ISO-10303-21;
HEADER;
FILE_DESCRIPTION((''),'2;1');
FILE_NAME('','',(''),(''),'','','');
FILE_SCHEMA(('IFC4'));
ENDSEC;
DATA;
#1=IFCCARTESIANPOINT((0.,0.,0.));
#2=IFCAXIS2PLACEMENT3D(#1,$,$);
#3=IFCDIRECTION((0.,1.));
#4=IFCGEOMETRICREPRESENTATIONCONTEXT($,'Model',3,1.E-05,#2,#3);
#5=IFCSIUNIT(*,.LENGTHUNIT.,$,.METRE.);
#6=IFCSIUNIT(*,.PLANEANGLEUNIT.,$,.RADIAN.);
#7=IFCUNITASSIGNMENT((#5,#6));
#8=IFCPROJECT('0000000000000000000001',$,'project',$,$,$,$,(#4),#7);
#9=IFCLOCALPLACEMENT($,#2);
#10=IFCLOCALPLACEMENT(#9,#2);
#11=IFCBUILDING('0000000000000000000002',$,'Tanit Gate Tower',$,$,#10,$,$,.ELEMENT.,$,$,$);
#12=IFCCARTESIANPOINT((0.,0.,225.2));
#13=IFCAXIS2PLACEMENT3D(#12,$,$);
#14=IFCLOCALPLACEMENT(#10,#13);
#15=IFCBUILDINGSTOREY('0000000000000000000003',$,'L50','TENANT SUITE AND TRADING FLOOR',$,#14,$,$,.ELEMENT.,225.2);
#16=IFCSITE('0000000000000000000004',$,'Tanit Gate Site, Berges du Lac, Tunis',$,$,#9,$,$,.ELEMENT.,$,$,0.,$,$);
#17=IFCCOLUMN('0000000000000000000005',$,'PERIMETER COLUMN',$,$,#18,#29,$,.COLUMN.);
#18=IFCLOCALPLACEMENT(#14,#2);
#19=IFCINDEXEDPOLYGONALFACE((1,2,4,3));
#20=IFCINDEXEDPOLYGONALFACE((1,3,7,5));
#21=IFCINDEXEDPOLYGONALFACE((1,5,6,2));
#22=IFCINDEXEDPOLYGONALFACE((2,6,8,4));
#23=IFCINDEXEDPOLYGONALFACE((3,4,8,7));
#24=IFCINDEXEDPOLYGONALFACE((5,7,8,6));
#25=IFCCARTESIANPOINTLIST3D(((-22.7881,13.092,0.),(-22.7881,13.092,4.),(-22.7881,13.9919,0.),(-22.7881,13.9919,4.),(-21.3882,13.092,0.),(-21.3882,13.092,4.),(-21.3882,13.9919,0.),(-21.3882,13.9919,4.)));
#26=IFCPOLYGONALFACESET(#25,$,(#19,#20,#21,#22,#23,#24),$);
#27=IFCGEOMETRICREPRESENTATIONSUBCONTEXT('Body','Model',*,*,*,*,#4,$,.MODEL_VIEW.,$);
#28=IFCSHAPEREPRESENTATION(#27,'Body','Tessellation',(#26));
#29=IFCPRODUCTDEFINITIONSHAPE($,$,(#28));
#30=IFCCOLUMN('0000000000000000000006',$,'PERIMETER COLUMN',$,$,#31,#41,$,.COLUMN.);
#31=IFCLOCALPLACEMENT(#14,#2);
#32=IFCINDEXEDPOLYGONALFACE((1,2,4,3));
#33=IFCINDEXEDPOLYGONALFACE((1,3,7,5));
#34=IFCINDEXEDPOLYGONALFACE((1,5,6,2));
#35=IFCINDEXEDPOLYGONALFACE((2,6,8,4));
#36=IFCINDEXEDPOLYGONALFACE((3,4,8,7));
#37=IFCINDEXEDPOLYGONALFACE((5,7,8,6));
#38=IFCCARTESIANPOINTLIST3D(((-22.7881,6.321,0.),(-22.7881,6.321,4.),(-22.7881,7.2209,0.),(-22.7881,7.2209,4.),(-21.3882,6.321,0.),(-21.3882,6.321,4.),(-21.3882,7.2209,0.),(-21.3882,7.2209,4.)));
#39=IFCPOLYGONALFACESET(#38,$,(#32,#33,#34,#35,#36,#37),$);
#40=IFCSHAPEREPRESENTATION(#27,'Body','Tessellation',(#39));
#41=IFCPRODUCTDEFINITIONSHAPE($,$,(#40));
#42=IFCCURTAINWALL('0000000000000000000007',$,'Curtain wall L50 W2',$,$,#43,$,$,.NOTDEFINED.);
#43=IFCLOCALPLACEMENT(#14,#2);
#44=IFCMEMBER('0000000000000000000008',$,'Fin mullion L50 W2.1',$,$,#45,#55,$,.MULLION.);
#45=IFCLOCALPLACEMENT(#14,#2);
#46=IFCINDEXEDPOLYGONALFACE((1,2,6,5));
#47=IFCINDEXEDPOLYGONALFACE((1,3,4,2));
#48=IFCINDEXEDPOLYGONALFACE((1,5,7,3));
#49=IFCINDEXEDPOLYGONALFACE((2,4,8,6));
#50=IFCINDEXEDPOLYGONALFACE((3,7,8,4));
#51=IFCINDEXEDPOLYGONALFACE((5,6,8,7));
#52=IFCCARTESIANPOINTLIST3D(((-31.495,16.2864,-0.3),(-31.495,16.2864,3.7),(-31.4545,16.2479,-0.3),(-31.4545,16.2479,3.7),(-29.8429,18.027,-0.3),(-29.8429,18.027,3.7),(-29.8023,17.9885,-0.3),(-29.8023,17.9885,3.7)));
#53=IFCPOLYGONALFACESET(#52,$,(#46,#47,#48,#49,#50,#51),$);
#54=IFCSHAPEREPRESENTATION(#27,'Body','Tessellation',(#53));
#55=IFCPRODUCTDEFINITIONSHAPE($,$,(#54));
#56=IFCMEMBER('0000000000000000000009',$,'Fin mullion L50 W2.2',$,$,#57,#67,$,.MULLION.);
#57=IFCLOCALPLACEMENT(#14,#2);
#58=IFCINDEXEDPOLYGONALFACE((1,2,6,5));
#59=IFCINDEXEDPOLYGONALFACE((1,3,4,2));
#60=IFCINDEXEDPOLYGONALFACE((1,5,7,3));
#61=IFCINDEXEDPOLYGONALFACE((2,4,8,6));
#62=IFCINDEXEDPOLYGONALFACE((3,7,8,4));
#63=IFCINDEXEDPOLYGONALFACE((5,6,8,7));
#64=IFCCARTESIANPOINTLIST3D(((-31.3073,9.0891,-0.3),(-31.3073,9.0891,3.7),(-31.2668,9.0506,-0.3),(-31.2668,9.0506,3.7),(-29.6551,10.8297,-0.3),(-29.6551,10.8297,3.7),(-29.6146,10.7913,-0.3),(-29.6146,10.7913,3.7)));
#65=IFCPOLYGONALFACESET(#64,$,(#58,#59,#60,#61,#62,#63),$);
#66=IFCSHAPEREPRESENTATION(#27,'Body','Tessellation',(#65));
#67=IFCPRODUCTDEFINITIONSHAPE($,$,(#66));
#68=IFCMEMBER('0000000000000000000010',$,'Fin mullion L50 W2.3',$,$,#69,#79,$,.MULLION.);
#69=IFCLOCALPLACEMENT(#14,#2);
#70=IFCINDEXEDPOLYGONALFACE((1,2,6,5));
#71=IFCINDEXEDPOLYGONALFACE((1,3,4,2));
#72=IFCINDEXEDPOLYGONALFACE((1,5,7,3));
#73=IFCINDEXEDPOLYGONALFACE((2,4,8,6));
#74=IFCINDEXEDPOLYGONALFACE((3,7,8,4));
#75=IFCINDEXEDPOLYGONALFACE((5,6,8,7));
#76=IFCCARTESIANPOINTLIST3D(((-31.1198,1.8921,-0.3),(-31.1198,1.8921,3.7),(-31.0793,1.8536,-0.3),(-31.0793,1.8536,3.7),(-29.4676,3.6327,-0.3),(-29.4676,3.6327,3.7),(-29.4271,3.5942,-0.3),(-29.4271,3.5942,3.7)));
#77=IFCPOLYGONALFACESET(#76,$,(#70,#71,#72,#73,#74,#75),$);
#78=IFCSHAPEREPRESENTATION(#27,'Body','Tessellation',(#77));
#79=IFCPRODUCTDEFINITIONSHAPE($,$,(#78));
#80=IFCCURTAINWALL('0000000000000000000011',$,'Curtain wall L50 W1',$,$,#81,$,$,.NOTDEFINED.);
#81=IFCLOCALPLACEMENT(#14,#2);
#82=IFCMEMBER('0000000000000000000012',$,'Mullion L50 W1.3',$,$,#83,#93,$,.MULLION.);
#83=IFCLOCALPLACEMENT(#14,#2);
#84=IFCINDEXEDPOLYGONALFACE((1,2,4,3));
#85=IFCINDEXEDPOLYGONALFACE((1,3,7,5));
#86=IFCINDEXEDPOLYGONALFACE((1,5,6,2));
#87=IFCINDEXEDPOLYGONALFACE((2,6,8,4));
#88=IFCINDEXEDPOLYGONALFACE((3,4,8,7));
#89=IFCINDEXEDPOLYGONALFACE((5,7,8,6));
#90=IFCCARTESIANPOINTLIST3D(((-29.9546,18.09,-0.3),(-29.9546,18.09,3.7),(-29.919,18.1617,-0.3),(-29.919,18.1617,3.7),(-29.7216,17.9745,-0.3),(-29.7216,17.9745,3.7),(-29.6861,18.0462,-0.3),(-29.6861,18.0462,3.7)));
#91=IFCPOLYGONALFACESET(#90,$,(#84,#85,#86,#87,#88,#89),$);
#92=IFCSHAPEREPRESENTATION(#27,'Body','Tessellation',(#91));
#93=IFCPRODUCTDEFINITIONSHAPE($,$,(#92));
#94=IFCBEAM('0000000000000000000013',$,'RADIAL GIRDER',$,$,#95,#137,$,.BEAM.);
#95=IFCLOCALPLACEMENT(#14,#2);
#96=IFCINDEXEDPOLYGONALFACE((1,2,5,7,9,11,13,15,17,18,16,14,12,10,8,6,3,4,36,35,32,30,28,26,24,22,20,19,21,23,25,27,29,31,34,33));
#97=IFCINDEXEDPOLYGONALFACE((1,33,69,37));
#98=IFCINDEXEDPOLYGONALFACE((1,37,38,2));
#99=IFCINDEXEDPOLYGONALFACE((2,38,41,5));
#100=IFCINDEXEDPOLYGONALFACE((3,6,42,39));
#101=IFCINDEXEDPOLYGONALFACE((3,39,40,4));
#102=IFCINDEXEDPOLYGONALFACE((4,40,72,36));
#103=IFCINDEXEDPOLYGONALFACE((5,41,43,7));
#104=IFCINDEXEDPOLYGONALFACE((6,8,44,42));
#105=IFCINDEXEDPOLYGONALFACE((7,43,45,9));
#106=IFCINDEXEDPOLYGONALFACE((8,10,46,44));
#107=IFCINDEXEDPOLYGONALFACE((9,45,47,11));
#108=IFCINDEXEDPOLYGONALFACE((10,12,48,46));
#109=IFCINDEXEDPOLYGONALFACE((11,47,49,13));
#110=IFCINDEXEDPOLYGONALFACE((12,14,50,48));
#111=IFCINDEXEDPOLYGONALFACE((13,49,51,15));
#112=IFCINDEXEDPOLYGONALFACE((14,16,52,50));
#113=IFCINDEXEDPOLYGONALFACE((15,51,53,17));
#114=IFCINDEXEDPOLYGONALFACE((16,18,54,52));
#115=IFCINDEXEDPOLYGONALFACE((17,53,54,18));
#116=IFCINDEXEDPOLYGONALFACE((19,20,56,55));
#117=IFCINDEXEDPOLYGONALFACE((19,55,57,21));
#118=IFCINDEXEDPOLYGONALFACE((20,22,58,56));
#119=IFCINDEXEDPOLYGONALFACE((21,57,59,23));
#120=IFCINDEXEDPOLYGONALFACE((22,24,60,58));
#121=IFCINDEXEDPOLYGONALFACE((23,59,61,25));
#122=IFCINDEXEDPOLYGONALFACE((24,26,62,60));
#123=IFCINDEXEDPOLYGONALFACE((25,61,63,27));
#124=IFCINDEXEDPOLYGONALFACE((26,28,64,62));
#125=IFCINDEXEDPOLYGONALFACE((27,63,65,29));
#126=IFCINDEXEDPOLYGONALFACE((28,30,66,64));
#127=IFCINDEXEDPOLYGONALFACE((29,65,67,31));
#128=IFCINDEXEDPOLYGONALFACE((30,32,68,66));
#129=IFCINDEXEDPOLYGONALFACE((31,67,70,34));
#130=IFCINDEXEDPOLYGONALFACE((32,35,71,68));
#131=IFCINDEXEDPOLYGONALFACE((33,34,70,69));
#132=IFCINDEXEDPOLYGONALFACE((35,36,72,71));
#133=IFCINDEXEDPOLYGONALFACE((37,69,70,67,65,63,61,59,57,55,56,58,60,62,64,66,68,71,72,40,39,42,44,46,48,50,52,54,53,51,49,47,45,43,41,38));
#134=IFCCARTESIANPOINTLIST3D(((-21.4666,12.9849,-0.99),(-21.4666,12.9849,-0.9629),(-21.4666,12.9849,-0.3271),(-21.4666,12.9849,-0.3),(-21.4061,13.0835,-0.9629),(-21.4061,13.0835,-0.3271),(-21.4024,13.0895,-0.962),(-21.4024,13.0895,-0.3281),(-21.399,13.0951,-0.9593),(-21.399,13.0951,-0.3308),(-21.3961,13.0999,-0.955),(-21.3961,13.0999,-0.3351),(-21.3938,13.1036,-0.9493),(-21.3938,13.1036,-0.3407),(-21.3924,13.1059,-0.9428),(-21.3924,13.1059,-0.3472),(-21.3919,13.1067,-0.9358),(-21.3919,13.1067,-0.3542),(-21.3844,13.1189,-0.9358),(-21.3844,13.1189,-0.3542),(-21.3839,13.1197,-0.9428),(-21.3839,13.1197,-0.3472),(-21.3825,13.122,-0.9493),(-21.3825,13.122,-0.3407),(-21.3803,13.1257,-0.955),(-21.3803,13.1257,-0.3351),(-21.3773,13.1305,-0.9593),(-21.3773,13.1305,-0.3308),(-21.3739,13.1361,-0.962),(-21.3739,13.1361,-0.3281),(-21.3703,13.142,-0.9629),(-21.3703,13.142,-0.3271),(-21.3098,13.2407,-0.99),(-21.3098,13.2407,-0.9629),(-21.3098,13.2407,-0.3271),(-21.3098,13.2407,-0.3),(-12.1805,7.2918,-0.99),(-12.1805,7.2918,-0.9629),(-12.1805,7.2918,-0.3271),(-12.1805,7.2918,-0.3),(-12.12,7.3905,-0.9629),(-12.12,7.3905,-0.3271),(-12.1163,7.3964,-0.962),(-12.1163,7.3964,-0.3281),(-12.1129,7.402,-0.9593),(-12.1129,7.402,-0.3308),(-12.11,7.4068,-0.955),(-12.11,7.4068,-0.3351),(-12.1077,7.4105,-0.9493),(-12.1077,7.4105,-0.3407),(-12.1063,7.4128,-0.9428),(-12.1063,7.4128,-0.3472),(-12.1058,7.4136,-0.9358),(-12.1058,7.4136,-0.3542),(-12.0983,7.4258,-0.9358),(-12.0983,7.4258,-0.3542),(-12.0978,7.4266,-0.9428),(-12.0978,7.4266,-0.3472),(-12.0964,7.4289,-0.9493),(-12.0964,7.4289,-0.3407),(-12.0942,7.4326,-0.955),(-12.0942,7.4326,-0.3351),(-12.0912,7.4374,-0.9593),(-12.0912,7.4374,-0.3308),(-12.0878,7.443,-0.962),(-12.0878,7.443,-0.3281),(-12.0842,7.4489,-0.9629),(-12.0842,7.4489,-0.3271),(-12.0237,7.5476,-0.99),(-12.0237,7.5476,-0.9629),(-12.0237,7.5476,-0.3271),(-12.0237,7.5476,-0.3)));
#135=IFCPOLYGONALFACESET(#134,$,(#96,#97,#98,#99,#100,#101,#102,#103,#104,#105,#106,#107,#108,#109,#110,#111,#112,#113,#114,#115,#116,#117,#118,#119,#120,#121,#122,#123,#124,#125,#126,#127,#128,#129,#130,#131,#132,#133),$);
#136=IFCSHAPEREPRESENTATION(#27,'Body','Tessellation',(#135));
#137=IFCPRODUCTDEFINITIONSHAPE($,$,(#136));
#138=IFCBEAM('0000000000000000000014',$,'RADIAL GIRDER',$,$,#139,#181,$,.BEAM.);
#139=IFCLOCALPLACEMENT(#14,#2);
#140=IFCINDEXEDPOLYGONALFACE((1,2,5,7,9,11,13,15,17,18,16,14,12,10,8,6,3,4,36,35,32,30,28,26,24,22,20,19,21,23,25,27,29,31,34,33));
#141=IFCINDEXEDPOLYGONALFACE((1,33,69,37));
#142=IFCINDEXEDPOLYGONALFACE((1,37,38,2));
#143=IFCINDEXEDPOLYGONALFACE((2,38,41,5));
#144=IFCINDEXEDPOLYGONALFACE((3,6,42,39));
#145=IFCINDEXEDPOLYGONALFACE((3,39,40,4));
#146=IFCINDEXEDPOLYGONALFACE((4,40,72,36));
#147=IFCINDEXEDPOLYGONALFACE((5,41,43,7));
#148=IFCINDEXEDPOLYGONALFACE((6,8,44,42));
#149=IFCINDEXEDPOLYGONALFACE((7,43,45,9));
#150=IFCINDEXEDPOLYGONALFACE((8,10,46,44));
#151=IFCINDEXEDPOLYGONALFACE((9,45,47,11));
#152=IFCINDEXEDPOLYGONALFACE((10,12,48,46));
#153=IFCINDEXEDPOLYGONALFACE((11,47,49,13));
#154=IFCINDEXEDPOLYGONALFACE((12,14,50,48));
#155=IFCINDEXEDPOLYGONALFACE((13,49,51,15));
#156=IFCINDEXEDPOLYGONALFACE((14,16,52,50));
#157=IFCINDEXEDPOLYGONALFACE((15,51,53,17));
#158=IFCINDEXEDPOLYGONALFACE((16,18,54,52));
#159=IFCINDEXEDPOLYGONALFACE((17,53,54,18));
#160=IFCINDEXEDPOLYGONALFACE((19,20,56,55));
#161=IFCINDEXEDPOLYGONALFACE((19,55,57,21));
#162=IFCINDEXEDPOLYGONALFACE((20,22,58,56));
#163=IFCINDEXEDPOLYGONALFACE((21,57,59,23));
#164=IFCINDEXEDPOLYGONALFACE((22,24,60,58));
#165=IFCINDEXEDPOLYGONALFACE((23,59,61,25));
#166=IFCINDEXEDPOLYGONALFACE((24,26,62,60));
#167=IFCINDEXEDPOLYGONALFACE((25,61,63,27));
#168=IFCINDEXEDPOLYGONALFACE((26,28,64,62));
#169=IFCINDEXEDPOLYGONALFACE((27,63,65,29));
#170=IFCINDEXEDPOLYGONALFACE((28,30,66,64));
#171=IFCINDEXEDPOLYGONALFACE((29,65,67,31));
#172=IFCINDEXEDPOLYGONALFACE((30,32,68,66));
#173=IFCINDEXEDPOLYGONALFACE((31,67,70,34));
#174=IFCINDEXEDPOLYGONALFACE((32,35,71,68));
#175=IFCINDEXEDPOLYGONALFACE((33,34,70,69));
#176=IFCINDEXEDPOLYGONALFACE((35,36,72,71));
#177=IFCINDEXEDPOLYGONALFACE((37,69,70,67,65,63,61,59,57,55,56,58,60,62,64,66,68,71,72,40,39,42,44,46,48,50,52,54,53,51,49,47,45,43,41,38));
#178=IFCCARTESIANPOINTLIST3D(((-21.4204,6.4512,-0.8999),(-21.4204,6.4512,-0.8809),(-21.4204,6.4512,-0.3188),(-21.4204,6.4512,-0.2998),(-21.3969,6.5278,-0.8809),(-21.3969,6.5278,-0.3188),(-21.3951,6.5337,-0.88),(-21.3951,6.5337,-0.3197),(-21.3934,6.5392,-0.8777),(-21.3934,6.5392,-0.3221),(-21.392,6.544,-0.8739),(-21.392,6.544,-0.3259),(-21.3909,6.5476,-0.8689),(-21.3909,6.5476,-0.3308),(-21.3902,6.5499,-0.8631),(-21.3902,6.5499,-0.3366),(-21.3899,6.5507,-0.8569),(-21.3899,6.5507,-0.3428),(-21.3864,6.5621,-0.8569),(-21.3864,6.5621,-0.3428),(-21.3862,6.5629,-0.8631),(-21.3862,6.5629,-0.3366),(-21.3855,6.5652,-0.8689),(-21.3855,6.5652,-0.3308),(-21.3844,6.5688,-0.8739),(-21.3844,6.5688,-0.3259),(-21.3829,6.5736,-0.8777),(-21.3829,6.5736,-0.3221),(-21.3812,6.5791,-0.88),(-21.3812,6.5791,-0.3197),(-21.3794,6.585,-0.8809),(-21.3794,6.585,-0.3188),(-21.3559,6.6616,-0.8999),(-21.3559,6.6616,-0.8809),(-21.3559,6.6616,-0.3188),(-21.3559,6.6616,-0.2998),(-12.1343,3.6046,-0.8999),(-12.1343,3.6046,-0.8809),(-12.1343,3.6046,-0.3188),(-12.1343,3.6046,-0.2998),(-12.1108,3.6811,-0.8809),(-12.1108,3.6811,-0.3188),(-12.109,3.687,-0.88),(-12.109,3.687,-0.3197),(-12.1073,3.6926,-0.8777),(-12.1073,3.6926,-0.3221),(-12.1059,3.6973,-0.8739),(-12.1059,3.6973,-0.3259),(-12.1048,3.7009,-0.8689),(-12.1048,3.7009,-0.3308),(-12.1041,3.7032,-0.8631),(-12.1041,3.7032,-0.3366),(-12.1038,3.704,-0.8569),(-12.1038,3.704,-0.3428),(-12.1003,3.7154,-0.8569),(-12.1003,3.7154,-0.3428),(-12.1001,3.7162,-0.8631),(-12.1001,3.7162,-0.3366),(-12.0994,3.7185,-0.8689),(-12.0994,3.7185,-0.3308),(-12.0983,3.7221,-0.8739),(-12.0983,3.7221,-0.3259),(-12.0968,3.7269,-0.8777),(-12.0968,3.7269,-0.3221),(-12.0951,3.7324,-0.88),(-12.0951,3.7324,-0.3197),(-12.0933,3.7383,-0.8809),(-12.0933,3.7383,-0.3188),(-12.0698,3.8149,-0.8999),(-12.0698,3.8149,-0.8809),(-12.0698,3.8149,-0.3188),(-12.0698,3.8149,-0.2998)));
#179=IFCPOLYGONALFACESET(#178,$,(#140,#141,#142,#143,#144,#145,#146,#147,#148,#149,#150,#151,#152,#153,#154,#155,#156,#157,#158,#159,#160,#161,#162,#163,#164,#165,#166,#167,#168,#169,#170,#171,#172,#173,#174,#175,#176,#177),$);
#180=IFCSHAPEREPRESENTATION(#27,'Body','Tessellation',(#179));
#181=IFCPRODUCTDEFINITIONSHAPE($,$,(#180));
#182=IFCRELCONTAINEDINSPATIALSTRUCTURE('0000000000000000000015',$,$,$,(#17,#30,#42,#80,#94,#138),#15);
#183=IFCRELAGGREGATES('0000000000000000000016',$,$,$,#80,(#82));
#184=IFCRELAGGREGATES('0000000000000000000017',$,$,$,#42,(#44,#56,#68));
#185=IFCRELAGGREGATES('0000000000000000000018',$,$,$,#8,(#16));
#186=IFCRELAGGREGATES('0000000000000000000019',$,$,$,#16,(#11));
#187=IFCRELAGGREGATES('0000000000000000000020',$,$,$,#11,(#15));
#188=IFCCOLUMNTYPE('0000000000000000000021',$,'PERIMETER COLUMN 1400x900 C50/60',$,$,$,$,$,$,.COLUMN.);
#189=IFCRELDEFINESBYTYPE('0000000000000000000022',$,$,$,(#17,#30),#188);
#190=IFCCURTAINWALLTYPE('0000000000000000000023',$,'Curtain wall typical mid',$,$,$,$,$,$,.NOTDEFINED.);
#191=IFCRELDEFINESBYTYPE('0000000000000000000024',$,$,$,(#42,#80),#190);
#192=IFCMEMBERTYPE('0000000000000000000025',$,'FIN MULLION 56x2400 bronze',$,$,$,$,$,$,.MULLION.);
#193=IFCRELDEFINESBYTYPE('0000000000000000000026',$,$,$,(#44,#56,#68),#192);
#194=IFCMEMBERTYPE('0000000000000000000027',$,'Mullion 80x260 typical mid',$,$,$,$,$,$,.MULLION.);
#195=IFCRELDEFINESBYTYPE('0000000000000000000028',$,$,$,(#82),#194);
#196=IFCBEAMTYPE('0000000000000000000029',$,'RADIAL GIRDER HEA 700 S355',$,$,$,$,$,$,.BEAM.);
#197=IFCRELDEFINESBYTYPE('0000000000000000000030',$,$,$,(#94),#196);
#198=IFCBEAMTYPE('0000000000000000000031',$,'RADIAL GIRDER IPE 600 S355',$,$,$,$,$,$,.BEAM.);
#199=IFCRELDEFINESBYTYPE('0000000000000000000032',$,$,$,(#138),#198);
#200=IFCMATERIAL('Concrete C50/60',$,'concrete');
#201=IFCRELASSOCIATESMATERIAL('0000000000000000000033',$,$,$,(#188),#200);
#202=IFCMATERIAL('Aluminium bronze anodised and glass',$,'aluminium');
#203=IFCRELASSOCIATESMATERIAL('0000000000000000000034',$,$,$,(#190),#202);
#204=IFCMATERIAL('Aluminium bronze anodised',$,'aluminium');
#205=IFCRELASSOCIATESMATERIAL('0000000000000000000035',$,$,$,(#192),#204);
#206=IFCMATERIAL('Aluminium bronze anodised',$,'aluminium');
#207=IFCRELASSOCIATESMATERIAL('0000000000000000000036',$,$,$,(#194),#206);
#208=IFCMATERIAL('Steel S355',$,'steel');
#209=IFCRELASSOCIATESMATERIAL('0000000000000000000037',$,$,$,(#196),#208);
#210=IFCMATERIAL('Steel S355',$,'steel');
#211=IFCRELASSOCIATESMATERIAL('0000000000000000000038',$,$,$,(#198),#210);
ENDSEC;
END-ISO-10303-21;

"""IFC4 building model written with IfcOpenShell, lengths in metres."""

from ifc_helpers import new_model, si_unit, direction, frame, origin, origin_2d, place, context, subcontext, project, spatial, rectangle, i_section, extrude, material, material_profile, profile_set, type_object, element, aggregate, save


model = new_model("IFC4")

# Units and contexts
model_context = context("Model", 3, precision=1e-05, world=origin(), true_north=direction((0.0, 1.0)))
body_context = subcontext(model_context, "Body", "Model", "MODEL_VIEW")
ifc_project = project(units=[si_unit("LENGTHUNIT", "METRE"), si_unit("PLANEANGLEUNIT", "RADIAN")], contexts=[model_context])

# Site, building, storey
site_placement = place(None, origin())
site = spatial("IfcSite", under=ifc_project, at=site_placement, Name="Tanit Gate Site, Berges du Lac, Tunis", CompositionType="ELEMENT", RefElevation=0.0)
building_placement = place(site_placement, origin())
building = spatial("IfcBuilding", under=site, at=building_placement, Name="Tanit Gate Tower", CompositionType="ELEMENT")
storey_placement = place(building_placement, frame((0.0, 0.0, 225.2)))
storey = spatial("IfcBuildingStorey", under=building, at=storey_placement, Name="L50", Description="TENANT SUITE AND TRADING FLOOR", CompositionType="ELEMENT", Elevation=225.2)

# Columns
ifc_material_1 = material(Name="Concrete C50/60", Category="concrete")
ifc_material_profile_1 = material_profile(ifc_material_1, rectangle(XDim=1.3999, YDim=0.8999, at=origin_2d()), Name="RC 1400x900")
ifc_profile_set_1 = profile_set([ifc_material_profile_1], Name="Concrete C50/60")
column_type = type_object("IfcColumnType", Name="PERIMETER COLUMN 1400x900 C50/60", PredefinedType="COLUMN", material=ifc_profile_set_1)
for number, where, z_axis, x_axis, name in (
    (1, (-22.0881, 13.542, 0.0), (0.0, 0.0, 1.0), (-1.0, 0.0, 0.0), "PERIMETER COLUMN"),
    (2, (-22.0881, 6.771, 0.0), (0.0, 0.0, 1.0), (-1.0, 0.0, 0.0), "PERIMETER COLUMN"),
):
    element("IfcColumn", number, at=place(storey_placement, frame(where, z_axis=z_axis, x_axis=x_axis)), inside=storey, type_object=column_type, Name=name, PredefinedType="COLUMN", context=body_context, shape_type="SweptSolid", body=[
        extrude(rectangle(XDim=1.3999, YDim=0.8999, at=origin_2d()), origin(), (0.0, 0.0, 1.0), 4.0),
    ])

# Curtain wall, members
ifc_material_2 = material(Name="Aluminium bronze anodised and glass", Category="aluminium")
curtain_wall_type = type_object("IfcCurtainWallType", Name="Curtain wall typical mid", PredefinedType="NOTDEFINED", material=ifc_material_2)
curtain_wall_1_placement = place(storey_placement, origin())
curtain_wall_1 = element("IfcCurtainWall", 3, at=curtain_wall_1_placement, inside=storey, type_object=curtain_wall_type, Name="Curtain wall L50 W2", PredefinedType="NOTDEFINED")
ifc_material_3 = material(Name="Aluminium bronze anodised", Category="aluminium")
ifc_material_profile_2 = material_profile(ifc_material_3, rectangle(XDim=2.3999, YDim=0.0559, at=origin_2d()), Name="56x2400 bronze fin mullion")
ifc_profile_set_2 = profile_set([ifc_material_profile_2], Name="Aluminium bronze anodised")
member_type_1 = type_object("IfcMemberType", Name="FIN MULLION 56x2400 bronze", PredefinedType="MULLION", material=ifc_profile_set_2)
member_1_placement = place(storey_placement, frame((-30.6487, 17.1375, -0.3), z_axis=(0.0, 0.0, 1.0), x_axis=(0.688438, 0.725296, 0.0)))
member_1 = element("IfcMember", 4, at=member_1_placement, type_object=member_type_1, Name="Fin mullion L50 W2.1", PredefinedType="MULLION", context=body_context, shape_type="SweptSolid", body=[
    extrude(rectangle(XDim=2.3999, YDim=0.0559, at=origin_2d()), origin(), (0.0, 0.0, 1.0), 4.0),
])
member_2_placement = place(storey_placement, frame((-30.4609, 9.9402, -0.3), z_axis=(0.0, 0.0, 1.0), x_axis=(0.688438, 0.725296, 0.0)))
member_2 = element("IfcMember", 5, at=member_2_placement, type_object=member_type_1, Name="Fin mullion L50 W2.2", PredefinedType="MULLION", context=body_context, shape_type="SweptSolid", body=[
    extrude(rectangle(XDim=2.3999, YDim=0.0559, at=origin_2d()), origin(), (0.0, 0.0, 1.0), 4.0),
])
member_3_placement = place(storey_placement, frame((-30.2734, 2.7432, -0.3), z_axis=(0.0, 0.0, 1.0), x_axis=(0.688438, 0.725296, 0.0)))
member_3 = element("IfcMember", 6, at=member_3_placement, type_object=member_type_1, Name="Fin mullion L50 W2.3", PredefinedType="MULLION", context=body_context, shape_type="SweptSolid", body=[
    extrude(rectangle(XDim=2.3999, YDim=0.0559, at=origin_2d()), origin(), (0.0, 0.0, 1.0), 4.0),
])

# Curtain wall, member
curtain_wall_2_placement = place(storey_placement, origin())
curtain_wall_2 = element("IfcCurtainWall", 7, at=curtain_wall_2_placement, inside=storey, type_object=curtain_wall_type, Name="Curtain wall L50 W1", PredefinedType="NOTDEFINED")
ifc_material_4 = material(Name="Aluminium bronze anodised", Category="aluminium")
ifc_material_profile_3 = material_profile(ifc_material_4, rectangle(XDim=0.26, YDim=0.0801, at=origin_2d()), Name="80x260 bronze mullion")
ifc_profile_set_3 = profile_set([ifc_material_profile_3], Name="Aluminium bronze anodised")
member_type_2 = type_object("IfcMemberType", Name="Mullion 80x260 typical mid", PredefinedType="MULLION", material=ifc_profile_set_3)
member_4_placement = place(storey_placement, frame((-29.8203, 18.0681, -0.3), z_axis=(0.0, 0.0, 1.0), x_axis=(0.895876, -0.444304, 0.0)))
member_4 = element("IfcMember", 8, at=member_4_placement, type_object=member_type_2, Name="Mullion L50 W1.3", PredefinedType="MULLION", context=body_context, shape_type="SweptSolid", body=[
    extrude(rectangle(XDim=0.26, YDim=0.0801, at=origin_2d()), origin(), (0.0, 0.0, 1.0), 4.0),
])
aggregate(curtain_wall_2, [member_4])

# Beams
ifc_material_5 = material(Name="Steel S355", Category="steel")
ifc_material_profile_4 = material_profile(ifc_material_5, i_section(OverallWidth=0.3, OverallDepth=0.6899, WebThickness=0.0144, FlangeThickness=0.0271, FilletRadius=0.0271, at=origin_2d()), Name="HEA 700")
ifc_profile_set_4 = profile_set([ifc_material_profile_4], Name="Steel S355")
beam_type_1 = type_object("IfcBeamType", Name="RADIAL GIRDER HEA 700 S355", PredefinedType="BEAM", material=ifc_profile_set_4)
beam_1_placement = place(storey_placement, frame((-21.3882, 13.1128, -0.645), z_axis=(0.852535, -0.52267, 0.0), x_axis=(0.52267, 0.852535, 0.0)))
element("IfcBeam", 9, at=beam_1_placement, inside=storey, type_object=beam_type_1, Name="RADIAL GIRDER", PredefinedType="BEAM", context=body_context, shape_type="SweptSolid", body=[
    extrude(i_section(OverallWidth=0.3, OverallDepth=0.6899, WebThickness=0.0144, FlangeThickness=0.0271, FilletRadius=0.0271, at=origin_2d()), origin(), (0.0, 0.0, 1.0), 10.8923),
])
ifc_material_6 = material(Name="Steel S355", Category="steel")
ifc_material_profile_5 = material_profile(ifc_material_6, i_section(OverallWidth=0.22, OverallDepth=0.6001, WebThickness=0.012, FlangeThickness=0.019, FilletRadius=0.0239, at=origin_2d()), Name="IPE 600")
ifc_profile_set_5 = profile_set([ifc_material_profile_5], Name="Steel S355")
beam_type_2 = type_object("IfcBeamType", Name="RADIAL GIRDER IPE 600 S355", PredefinedType="BEAM", material=ifc_profile_set_5)
beam_2_placement = place(storey_placement, frame((-21.3882, 6.5564, -0.5999), z_axis=(0.956085, -0.293089, 0.0), x_axis=(0.293089, 0.956085, 0.0)))
element("IfcBeam", 10, at=beam_2_placement, inside=storey, type_object=beam_type_2, Name="RADIAL GIRDER", PredefinedType="BEAM", context=body_context, shape_type="SweptSolid", body=[
    extrude(i_section(OverallWidth=0.22, OverallDepth=0.6001, WebThickness=0.012, FlangeThickness=0.019, FilletRadius=0.0239, at=origin_2d()), origin(), (0.0, 0.0, 1.0), 9.7126),
])

aggregate(curtain_wall_1, [member_1, member_2, member_3])

save(model, "model.ifc")
